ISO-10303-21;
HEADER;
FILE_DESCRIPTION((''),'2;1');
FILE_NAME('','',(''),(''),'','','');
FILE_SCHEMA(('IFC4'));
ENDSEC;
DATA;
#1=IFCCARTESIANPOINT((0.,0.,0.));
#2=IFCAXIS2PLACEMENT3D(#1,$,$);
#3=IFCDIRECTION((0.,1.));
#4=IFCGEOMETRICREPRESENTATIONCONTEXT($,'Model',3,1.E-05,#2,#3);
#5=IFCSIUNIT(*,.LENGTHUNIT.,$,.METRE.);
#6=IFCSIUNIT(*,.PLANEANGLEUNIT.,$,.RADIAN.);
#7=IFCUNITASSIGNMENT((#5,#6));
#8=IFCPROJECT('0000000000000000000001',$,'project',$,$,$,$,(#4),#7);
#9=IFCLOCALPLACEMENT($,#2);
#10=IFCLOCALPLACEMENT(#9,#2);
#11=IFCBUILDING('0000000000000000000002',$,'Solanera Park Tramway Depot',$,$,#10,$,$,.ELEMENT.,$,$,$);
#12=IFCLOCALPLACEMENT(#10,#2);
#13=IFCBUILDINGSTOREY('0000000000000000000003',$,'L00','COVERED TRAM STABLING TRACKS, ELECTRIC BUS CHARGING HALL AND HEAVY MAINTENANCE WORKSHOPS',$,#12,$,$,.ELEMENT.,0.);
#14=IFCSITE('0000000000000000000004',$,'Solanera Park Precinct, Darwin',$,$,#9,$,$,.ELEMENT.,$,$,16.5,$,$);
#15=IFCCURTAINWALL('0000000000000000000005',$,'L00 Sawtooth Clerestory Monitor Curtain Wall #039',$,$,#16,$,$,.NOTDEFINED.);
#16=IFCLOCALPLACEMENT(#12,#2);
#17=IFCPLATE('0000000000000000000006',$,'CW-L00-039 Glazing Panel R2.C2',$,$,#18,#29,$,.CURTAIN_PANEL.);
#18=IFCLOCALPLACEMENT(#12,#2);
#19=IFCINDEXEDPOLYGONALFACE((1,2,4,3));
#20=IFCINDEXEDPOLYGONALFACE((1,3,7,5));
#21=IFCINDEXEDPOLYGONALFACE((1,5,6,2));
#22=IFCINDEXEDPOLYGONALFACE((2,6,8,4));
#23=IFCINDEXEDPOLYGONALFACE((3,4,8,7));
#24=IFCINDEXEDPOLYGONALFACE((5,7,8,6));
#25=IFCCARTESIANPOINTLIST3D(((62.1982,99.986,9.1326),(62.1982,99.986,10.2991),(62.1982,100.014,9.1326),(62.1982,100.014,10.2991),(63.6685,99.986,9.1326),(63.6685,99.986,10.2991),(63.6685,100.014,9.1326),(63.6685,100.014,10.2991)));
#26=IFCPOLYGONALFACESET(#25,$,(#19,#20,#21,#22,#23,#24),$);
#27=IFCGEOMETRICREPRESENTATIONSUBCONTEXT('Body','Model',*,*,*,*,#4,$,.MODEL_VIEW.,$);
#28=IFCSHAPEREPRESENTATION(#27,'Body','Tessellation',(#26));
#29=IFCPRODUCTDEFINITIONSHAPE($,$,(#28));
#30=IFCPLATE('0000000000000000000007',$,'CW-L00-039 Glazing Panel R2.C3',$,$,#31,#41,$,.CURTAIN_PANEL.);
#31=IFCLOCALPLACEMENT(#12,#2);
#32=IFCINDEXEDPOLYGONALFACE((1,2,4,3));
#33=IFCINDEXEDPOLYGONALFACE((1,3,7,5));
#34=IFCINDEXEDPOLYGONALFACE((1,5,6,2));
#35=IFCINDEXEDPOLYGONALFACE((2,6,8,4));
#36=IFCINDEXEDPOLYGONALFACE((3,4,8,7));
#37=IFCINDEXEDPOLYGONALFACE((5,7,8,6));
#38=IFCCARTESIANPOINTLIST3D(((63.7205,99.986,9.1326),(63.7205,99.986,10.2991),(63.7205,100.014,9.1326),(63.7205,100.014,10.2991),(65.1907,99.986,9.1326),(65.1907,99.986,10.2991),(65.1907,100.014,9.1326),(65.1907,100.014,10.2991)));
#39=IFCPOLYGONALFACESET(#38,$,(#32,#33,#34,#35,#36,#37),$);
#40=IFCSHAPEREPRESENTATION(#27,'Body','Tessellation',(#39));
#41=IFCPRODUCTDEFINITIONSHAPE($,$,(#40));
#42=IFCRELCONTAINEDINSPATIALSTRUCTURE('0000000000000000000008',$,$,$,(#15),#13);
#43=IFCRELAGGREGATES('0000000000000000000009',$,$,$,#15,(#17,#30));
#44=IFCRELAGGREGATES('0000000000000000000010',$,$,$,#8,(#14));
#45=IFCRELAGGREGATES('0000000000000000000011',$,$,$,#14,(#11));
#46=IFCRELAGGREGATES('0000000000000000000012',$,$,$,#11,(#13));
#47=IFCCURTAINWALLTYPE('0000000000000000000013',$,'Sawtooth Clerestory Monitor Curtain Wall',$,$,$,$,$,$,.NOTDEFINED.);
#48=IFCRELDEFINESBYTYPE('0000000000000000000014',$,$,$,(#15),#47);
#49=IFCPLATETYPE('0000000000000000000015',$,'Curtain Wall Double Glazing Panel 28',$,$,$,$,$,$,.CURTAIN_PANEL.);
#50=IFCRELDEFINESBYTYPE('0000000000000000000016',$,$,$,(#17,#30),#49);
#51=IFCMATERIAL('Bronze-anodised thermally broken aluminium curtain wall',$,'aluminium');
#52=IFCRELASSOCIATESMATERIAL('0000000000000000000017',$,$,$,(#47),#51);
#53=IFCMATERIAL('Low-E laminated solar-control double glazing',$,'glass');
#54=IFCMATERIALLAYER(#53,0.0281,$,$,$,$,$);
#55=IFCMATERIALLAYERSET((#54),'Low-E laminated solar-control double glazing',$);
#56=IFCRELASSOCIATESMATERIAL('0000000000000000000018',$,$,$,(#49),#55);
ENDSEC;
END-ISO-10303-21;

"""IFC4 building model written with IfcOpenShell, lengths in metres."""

from ifc_helpers import new_model, si_unit, direction, frame, origin, origin_2d, place, context, subcontext, project, spatial, rectangle, extrude, material, layer, layer_set, type_object, element, aggregate, save


model = new_model("IFC4")

# Units and contexts
model_context = context("Model", 3, precision=1e-05, world=origin(), true_north=direction((0.0, 1.0)))
body_context = subcontext(model_context, "Body", "Model", "MODEL_VIEW")
ifc_project = project(units=[si_unit("LENGTHUNIT", "METRE"), si_unit("PLANEANGLEUNIT", "RADIAN")], contexts=[model_context])

# Site, building, storey
site_placement = place(None, origin())
site = spatial("IfcSite", under=ifc_project, at=site_placement, Name="Solanera Park Precinct, Darwin", CompositionType="ELEMENT", RefElevation=16.5)
building_placement = place(site_placement, origin())
building = spatial("IfcBuilding", under=site, at=building_placement, Name="Solanera Park Tramway Depot", CompositionType="ELEMENT")
storey_placement = place(building_placement, origin())
storey = spatial("IfcBuildingStorey", under=building, at=storey_placement, Name="L00", Description="COVERED TRAM STABLING TRACKS, ELECTRIC BUS CHARGING HALL AND HEAVY MAINTENANCE WORKSHOPS", CompositionType="ELEMENT", Elevation=0.0)

# Curtain wall
ifc_material_1 = material(Name="Bronze-anodised thermally broken aluminium curtain wall", Category="aluminium")
curtain_wall_type = type_object("IfcCurtainWallType", Name="Sawtooth Clerestory Monitor Curtain Wall", PredefinedType="NOTDEFINED", material=ifc_material_1)
curtain_wall_1_placement = place(storey_placement, origin())
curtain_wall_1 = element("IfcCurtainWall", 1, at=curtain_wall_1_placement, inside=storey, type_object=curtain_wall_type, Name="L00 Sawtooth Clerestory Monitor Curtain Wall #039", PredefinedType="NOTDEFINED")

# Plates
ifc_material_2 = material(Name="Low-E laminated solar-control double glazing", Category="glass")
ifc_layer = layer(ifc_material_2, 0.0281)
ifc_layer_set = layer_set([ifc_layer], Name="Low-E laminated solar-control double glazing")
plate_type = type_object("IfcPlateType", Name="Curtain Wall Double Glazing Panel 28", PredefinedType="CURTAIN_PANEL", material=ifc_layer_set)
plate_1_placement = place(storey_placement, frame((62.9333, 100.0, 9.1326), z_axis=(0.0, 0.0, 1.0), x_axis=(1.0, 0.0, 0.0)))
plate_1 = element("IfcPlate", 2, at=plate_1_placement, type_object=plate_type, Name="CW-L00-039 Glazing Panel R2.C2", PredefinedType="CURTAIN_PANEL", context=body_context, shape_type="SweptSolid", body=[
    extrude(rectangle(XDim=1.4702, YDim=0.0281, at=origin_2d()), origin(), (0.0, 0.0, 1.0), 1.1665),
])
plate_2_placement = place(storey_placement, frame((64.4556, 100.0, 9.1326), z_axis=(0.0, 0.0, 1.0), x_axis=(1.0, 0.0, 0.0)))
plate_2 = element("IfcPlate", 3, at=plate_2_placement, type_object=plate_type, Name="CW-L00-039 Glazing Panel R2.C3", PredefinedType="CURTAIN_PANEL", context=body_context, shape_type="SweptSolid", body=[
    extrude(rectangle(XDim=1.4702, YDim=0.0281, at=origin_2d()), origin(), (0.0, 0.0, 1.0), 1.1665),
])
aggregate(curtain_wall_1, [plate_1, plate_2])

save(model, "model.ifc")
